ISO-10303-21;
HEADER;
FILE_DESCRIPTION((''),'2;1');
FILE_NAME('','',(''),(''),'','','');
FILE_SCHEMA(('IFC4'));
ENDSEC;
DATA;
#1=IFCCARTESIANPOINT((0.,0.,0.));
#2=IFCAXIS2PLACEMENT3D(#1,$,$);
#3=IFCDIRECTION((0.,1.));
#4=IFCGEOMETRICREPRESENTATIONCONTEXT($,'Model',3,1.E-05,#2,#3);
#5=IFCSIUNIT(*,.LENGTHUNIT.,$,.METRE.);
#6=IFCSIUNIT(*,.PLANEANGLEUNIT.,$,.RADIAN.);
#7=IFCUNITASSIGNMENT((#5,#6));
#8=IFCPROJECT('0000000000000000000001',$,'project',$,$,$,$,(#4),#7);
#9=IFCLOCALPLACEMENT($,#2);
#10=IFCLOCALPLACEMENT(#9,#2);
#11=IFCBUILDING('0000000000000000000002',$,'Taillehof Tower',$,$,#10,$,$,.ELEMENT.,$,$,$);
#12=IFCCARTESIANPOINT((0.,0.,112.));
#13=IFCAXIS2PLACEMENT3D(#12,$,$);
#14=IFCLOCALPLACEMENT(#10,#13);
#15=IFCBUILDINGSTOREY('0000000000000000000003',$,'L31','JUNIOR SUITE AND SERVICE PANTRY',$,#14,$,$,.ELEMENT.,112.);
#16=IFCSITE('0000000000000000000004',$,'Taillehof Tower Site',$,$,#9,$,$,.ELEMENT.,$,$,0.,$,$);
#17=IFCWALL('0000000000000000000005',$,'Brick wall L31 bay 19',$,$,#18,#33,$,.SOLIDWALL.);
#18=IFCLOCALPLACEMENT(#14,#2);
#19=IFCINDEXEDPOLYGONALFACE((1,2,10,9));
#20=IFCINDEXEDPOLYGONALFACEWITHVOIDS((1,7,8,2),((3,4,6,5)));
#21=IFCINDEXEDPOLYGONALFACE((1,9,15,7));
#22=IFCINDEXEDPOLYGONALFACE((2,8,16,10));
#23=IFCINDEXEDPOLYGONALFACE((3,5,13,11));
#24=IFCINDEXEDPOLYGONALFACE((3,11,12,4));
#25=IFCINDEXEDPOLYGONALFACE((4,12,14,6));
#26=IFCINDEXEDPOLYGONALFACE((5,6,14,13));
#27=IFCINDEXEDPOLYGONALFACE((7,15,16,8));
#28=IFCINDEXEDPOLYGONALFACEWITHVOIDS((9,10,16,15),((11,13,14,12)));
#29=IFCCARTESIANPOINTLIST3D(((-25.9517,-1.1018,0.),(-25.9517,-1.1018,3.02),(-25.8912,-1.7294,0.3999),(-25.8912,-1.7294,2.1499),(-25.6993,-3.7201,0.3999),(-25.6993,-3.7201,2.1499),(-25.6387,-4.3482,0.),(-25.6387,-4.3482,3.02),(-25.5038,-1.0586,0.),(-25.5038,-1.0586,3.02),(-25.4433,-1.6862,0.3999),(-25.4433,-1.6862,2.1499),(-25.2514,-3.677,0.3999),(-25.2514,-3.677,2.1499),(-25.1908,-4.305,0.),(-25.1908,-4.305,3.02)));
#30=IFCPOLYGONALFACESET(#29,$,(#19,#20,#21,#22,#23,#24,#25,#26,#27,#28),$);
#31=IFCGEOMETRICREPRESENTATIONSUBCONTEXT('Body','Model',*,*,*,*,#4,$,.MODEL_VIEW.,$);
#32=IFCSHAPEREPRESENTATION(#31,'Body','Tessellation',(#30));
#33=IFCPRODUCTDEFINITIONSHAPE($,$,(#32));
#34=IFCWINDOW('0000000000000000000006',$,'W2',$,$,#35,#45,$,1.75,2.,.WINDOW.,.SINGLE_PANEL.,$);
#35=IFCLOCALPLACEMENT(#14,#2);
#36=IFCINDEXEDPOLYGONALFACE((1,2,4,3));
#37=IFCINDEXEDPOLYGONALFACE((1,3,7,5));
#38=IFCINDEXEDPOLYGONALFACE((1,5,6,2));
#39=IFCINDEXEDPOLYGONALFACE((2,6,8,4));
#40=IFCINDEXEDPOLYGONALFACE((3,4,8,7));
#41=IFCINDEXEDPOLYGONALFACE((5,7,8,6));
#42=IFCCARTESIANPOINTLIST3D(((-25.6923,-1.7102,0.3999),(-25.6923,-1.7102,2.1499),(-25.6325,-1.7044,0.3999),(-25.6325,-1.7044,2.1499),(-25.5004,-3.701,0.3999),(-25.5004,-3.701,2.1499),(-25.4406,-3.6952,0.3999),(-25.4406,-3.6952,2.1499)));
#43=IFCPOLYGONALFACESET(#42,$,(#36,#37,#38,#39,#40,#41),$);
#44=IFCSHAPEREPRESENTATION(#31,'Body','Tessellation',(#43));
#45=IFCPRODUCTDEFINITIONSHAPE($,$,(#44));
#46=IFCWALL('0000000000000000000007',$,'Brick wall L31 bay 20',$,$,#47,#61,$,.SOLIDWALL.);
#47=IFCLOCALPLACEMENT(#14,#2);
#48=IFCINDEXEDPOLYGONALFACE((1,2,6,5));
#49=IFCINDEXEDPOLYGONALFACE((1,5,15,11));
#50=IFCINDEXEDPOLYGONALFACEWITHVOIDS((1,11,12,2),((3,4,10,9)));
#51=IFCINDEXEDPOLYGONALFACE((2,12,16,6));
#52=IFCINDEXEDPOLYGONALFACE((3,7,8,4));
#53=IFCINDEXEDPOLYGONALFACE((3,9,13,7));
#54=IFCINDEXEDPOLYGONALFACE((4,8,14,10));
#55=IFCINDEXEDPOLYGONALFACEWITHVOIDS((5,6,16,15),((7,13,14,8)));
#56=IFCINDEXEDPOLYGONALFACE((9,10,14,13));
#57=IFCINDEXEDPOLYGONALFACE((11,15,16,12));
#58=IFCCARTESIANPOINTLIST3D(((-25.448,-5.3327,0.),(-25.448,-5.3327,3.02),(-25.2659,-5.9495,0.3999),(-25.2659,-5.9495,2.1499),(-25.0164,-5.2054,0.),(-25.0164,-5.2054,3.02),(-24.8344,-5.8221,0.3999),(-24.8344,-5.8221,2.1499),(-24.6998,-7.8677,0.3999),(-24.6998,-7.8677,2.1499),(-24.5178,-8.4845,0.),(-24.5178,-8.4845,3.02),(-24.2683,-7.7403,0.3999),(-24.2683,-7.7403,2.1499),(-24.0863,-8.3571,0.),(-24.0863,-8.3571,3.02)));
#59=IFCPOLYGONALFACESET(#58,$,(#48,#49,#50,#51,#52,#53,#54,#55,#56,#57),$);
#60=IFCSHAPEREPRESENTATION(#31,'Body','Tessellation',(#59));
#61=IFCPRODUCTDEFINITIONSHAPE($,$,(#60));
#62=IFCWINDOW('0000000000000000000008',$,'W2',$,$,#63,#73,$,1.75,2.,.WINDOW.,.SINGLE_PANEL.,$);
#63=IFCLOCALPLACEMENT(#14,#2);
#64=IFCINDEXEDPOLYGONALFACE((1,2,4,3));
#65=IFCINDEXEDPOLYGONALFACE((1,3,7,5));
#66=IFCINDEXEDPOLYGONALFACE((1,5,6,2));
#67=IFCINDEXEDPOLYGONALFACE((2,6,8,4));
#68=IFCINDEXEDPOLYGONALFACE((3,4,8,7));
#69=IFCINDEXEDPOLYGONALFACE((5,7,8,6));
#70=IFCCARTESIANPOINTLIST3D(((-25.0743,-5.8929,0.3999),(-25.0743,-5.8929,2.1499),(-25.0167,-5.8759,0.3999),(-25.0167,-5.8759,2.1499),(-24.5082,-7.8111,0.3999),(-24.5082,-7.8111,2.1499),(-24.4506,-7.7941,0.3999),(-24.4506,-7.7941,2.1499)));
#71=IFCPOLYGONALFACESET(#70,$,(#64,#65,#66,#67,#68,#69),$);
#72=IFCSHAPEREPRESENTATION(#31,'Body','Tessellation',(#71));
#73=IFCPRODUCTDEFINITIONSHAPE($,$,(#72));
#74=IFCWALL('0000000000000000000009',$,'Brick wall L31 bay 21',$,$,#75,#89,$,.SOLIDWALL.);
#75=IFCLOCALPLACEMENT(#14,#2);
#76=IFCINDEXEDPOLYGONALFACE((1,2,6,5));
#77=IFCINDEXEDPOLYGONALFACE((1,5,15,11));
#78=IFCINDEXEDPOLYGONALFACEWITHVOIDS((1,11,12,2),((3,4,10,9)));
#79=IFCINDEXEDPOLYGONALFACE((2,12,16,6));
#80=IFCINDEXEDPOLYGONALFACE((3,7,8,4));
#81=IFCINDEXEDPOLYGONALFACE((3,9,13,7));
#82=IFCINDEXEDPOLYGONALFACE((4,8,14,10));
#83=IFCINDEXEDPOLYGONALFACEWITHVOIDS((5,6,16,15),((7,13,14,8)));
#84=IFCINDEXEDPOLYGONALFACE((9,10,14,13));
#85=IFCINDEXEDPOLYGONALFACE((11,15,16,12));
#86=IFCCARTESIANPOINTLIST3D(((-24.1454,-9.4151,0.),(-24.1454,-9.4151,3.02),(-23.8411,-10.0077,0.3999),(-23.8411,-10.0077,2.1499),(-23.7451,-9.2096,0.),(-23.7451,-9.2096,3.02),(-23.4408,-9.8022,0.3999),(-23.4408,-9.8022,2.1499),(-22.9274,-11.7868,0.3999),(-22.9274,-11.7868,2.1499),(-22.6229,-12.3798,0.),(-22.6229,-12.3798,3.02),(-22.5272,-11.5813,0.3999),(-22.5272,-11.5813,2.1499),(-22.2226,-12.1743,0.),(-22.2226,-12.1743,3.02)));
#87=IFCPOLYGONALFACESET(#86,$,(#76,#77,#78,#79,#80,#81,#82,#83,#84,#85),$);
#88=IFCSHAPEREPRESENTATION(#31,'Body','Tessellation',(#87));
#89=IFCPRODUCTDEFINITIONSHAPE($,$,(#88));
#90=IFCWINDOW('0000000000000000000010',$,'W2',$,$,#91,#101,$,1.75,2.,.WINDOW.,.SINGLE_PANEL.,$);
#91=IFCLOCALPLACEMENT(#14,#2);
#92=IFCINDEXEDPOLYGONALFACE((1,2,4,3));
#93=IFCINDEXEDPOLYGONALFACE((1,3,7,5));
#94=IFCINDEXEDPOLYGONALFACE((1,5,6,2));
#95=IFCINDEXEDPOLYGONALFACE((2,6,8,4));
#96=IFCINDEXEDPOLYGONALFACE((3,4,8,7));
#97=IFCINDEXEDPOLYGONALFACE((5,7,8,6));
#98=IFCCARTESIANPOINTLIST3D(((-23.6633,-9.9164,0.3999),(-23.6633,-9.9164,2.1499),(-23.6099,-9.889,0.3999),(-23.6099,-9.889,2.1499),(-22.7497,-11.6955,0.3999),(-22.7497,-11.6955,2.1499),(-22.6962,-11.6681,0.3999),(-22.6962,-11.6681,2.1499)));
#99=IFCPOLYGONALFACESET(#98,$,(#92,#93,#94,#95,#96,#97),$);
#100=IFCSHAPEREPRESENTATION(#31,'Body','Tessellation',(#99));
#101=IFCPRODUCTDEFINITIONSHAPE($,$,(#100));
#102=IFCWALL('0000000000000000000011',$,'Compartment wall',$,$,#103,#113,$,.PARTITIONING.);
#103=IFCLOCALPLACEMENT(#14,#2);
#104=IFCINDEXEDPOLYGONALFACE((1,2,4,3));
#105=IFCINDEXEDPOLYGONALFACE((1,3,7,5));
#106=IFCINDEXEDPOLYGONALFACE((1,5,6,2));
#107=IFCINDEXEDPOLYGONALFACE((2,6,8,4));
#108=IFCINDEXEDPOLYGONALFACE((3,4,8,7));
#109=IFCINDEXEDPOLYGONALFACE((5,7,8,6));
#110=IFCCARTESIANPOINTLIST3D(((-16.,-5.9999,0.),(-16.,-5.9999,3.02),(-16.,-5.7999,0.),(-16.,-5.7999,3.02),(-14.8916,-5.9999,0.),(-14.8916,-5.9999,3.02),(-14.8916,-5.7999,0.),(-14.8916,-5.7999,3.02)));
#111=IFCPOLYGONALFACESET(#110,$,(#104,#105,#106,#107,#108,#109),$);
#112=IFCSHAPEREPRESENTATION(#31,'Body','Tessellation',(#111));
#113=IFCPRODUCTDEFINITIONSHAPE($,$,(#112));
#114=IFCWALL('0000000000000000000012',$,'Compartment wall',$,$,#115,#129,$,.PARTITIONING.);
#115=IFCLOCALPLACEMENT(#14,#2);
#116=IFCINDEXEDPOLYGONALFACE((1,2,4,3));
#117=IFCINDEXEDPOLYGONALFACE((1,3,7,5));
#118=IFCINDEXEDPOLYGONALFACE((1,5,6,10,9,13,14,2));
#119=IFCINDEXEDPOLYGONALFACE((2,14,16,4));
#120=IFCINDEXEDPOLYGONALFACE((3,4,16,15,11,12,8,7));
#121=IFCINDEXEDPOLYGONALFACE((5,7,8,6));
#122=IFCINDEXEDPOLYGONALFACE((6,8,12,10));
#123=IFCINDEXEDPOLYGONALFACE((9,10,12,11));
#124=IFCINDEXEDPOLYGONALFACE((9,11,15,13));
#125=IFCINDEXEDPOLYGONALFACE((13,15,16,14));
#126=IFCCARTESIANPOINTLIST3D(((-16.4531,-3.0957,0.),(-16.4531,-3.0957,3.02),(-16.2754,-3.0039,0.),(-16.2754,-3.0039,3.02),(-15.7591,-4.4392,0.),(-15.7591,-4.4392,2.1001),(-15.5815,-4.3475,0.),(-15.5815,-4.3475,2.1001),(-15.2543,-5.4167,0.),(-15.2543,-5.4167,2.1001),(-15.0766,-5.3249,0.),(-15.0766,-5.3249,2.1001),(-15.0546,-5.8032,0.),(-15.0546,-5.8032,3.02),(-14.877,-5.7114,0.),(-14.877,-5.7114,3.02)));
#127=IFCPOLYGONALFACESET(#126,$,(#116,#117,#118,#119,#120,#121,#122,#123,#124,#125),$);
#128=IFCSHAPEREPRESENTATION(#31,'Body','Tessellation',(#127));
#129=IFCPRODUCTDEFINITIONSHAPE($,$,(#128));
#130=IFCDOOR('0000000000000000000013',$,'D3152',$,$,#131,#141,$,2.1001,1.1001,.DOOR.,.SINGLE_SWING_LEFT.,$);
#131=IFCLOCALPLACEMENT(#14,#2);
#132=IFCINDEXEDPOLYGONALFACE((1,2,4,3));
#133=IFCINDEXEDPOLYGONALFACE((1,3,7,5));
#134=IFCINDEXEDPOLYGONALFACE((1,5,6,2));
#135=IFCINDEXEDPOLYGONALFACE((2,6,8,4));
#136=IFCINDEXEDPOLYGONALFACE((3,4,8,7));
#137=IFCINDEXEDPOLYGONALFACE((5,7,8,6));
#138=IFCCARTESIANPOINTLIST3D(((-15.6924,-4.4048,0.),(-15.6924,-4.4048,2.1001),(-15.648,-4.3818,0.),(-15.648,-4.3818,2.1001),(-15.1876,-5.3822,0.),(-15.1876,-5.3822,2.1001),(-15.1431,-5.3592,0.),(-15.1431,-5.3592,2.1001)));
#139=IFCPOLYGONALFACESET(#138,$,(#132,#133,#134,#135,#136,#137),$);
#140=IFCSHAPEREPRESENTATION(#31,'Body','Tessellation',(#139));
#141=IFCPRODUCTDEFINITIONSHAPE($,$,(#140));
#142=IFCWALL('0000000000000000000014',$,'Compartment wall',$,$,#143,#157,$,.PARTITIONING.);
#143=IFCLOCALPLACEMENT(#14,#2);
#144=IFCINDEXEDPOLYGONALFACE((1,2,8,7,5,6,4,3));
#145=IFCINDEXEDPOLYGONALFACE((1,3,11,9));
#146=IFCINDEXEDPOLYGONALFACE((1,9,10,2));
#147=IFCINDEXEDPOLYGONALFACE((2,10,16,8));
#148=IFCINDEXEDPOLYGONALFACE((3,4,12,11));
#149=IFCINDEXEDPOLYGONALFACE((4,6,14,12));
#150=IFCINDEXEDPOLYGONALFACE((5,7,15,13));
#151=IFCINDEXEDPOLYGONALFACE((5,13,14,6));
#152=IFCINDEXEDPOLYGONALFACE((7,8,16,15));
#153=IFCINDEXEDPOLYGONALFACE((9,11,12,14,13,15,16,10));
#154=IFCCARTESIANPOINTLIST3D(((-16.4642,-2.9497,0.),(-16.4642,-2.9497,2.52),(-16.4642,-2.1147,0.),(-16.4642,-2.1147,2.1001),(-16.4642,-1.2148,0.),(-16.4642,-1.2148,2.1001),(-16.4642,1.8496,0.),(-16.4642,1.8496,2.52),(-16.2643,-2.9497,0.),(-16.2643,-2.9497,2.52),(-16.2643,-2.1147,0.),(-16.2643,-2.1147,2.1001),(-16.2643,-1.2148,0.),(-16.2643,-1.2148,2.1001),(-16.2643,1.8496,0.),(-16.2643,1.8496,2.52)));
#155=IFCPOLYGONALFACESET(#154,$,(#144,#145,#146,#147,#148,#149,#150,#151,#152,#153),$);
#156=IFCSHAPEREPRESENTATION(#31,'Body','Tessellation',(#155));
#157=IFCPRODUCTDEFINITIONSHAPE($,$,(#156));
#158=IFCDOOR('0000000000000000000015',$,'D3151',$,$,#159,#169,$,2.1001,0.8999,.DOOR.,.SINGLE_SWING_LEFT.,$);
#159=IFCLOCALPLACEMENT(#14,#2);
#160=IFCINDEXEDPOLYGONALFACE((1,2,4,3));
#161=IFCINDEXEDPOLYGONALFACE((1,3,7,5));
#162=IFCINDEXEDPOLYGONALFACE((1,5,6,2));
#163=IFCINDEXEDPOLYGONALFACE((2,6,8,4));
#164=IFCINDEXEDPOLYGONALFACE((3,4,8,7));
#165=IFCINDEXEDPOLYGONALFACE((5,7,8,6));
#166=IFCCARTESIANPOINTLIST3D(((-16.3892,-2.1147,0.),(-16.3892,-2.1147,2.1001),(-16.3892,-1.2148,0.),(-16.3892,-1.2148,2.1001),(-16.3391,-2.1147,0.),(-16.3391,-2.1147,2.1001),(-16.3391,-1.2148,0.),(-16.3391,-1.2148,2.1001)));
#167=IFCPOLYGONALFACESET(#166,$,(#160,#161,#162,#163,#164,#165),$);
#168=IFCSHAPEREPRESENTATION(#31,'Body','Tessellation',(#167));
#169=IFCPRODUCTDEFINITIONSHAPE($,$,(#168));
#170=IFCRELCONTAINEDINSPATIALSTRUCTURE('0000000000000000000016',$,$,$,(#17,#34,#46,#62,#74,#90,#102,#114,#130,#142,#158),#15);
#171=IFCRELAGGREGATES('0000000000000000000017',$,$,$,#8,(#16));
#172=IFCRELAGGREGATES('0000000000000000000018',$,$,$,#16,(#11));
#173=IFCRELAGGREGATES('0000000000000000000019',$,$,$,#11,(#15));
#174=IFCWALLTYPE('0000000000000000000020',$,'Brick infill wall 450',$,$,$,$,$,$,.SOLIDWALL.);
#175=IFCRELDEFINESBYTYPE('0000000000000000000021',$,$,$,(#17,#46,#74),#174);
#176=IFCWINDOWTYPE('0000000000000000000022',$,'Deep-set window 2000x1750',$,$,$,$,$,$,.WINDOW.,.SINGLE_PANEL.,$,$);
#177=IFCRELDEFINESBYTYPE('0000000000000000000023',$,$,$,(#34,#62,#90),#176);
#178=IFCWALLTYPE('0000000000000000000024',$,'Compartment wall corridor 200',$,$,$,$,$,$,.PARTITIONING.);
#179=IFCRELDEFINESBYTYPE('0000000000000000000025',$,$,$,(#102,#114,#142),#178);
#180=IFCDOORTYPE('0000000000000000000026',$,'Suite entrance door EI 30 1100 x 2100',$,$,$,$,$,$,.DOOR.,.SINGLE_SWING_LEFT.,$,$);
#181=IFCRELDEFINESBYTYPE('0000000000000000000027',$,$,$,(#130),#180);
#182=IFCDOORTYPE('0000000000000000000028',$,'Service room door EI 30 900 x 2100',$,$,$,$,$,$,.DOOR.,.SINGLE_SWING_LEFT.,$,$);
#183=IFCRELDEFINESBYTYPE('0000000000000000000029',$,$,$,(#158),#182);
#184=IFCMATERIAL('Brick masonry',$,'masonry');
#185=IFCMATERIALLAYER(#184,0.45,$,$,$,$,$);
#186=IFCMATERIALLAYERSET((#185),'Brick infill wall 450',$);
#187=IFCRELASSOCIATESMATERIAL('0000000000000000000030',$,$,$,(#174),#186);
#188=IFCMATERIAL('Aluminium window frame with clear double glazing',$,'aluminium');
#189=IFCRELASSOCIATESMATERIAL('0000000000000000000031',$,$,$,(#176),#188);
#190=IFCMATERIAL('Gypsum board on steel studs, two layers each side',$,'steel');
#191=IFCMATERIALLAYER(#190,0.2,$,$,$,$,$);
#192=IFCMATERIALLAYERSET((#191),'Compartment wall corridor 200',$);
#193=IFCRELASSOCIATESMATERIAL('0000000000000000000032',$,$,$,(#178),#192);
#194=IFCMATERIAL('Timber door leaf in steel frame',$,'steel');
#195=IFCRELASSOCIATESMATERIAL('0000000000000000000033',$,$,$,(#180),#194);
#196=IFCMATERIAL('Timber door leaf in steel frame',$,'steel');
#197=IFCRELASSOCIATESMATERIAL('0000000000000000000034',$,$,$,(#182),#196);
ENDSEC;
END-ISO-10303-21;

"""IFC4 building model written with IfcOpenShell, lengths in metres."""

from ifc_helpers import new_model, si_unit, direction, frame, frame_2d, origin, place, context, subcontext, project, spatial, rectangle, extrude, material, layer, layer_set, type_object, element, fill, save


model = new_model("IFC4")

# Units and contexts
model_context = context("Model", 3, precision=1e-05, world=origin(), true_north=direction((0.0, 1.0)))
body_context = subcontext(model_context, "Body", "Model", "MODEL_VIEW")
ifc_project = project(units=[si_unit("LENGTHUNIT", "METRE"), si_unit("PLANEANGLEUNIT", "RADIAN")], contexts=[model_context])

# Site, building, storey
site_placement = place(None, origin())
site = spatial("IfcSite", under=ifc_project, at=site_placement, Name="Taillehof Tower Site", CompositionType="ELEMENT", RefElevation=0.0)
building_placement = place(site_placement, origin())
building = spatial("IfcBuilding", under=site, at=building_placement, Name="Taillehof Tower", CompositionType="ELEMENT")
storey_placement = place(building_placement, frame((0.0, 0.0, 112.0)))
storey = spatial("IfcBuildingStorey", under=building, at=storey_placement, Name="L31", Description="JUNIOR SUITE AND SERVICE PANTRY", CompositionType="ELEMENT", Elevation=112.0)

# Walls, openings, windows
ifc_material_1 = material(Name="Brick masonry", Category="masonry")
ifc_layer_1 = layer(ifc_material_1, 0.45)
ifc_layer_set_1 = layer_set([ifc_layer_1], Name="Brick infill wall 450")
wall_type_1 = type_object("IfcWallType", Name="Brick infill wall 450", PredefinedType="SOLIDWALL", material=ifc_layer_set_1)
wall_1_placement = place(storey_placement, frame((-25.7278, -1.0801, 0.0), z_axis=(0.0, 0.0, 1.0), x_axis=(0.095968, -0.995384, 0.0)))
wall_1 = element("IfcWall", 1, at=wall_1_placement, inside=storey, type_object=wall_type_1, Name="Brick wall L31 bay 19", PredefinedType="SOLIDWALL", context=body_context, shape_type="SweptSolid", body=[
    extrude(rectangle(XDim=3.2615, YDim=0.45, at=frame_2d((1.6309, 0.0))), origin(), (0.0, 0.0, 1.0), 3.02),
])
opening_1_placement = place(wall_1_placement, frame((0.6306, 0.0, 0.3999)))
opening_1 = element("IfcOpeningElement", 2, at=opening_1_placement, cuts=wall_1, PredefinedType="OPENING", context=body_context, shape_type="SweptSolid", body=[
    extrude(rectangle(XDim=2.0, YDim=1.75, at=frame_2d((1.0, 0.875))), frame((0.0, 0.2349, 0.0), z_axis=(0.0, -1.0, 0.0), x_axis=(1.0, 0.0, 0.0)), (0.0, 0.0, 1.0), 0.47),
])
ifc_material_2 = material(Name="Aluminium window frame with clear double glazing", Category="aluminium")
window_type = type_object("IfcWindowType", Name="Deep-set window 2000x1750", PartitioningType="SINGLE_PANEL", PredefinedType="WINDOW", material=ifc_material_2)
window_1_placement = place(opening_1_placement, origin())
window_1 = element("IfcWindow", 3, at=window_1_placement, inside=storey, type_object=window_type, Name="W2", OverallHeight=1.75, OverallWidth=2.0, PartitioningType="SINGLE_PANEL", PredefinedType="WINDOW", context=body_context, shape_type="SweptSolid", body=[
    extrude(rectangle(XDim=2.0, YDim=1.75, at=frame_2d((1.0, 0.875))), frame((0.0, 0.0349, 0.0), z_axis=(0.0, -1.0, 0.0), x_axis=(1.0, 0.0, 0.0)), (0.0, 0.0, 1.0), 0.0601),
])
fill(opening_1, window_1)
wall_2_placement = place(storey_placement, frame((-25.2322, -5.269, 0.0), z_axis=(0.0, 0.0, 1.0), x_axis=(0.283051, -0.959105, 0.0)))
wall_2 = element("IfcWall", 4, at=wall_2_placement, inside=storey, type_object=wall_type_1, Name="Brick wall L31 bay 20", PredefinedType="SOLIDWALL", context=body_context, shape_type="SweptSolid", body=[
    extrude(rectangle(XDim=3.2861, YDim=0.45, at=frame_2d((1.6431, 0.0))), origin(), (0.0, 0.0, 1.0), 3.02),
])
opening_2_placement = place(wall_2_placement, frame((0.6431, 0.0, 0.3999)))
opening_2 = element("IfcOpeningElement", 5, at=opening_2_placement, cuts=wall_2, PredefinedType="OPENING", context=body_context, shape_type="SweptSolid", body=[
    extrude(rectangle(XDim=2.0, YDim=1.75, at=frame_2d((1.0, 0.875))), frame((0.0, 0.2349, 0.0), z_axis=(0.0, -1.0, 0.0), x_axis=(1.0, 0.0, 0.0)), (0.0, 0.0, 1.0), 0.47),
])
window_2_placement = place(opening_2_placement, origin())
window_2 = element("IfcWindow", 6, at=window_2_placement, inside=storey, type_object=window_type, Name="W2", OverallHeight=1.75, OverallWidth=2.0, PartitioningType="SINGLE_PANEL", PredefinedType="WINDOW", context=body_context, shape_type="SweptSolid", body=[
    extrude(rectangle(XDim=2.0, YDim=1.75, at=frame_2d((1.0, 0.875))), frame((0.0, 0.0349, 0.0), z_axis=(0.0, -1.0, 0.0), x_axis=(1.0, 0.0, 0.0)), (0.0, 0.0, 1.0), 0.0601),
])
fill(opening_2, window_2)
wall_3_placement = place(storey_placement, frame((-23.9453, -9.3123, 0.0), z_axis=(0.0, 0.0, 1.0), x_axis=(0.456828, -0.889555, 0.0)))
wall_3 = element("IfcWall", 7, at=wall_3_placement, inside=storey, type_object=wall_type_1, Name="Brick wall L31 bay 21", PredefinedType="SOLIDWALL", context=body_context, shape_type="SweptSolid", body=[
    extrude(rectangle(XDim=3.3328, YDim=0.45, at=frame_2d((1.6665, 0.0))), origin(), (0.0, 0.0, 1.0), 3.02),
])
opening_3_placement = place(wall_3_placement, frame((0.6663, 0.0, 0.3999)))
opening_3 = element("IfcOpeningElement", 8, at=opening_3_placement, cuts=wall_3, PredefinedType="OPENING", context=body_context, shape_type="SweptSolid", body=[
    extrude(rectangle(XDim=2.0, YDim=1.75, at=frame_2d((1.0, 0.875))), frame((0.0, 0.2349, 0.0), z_axis=(0.0, -1.0, 0.0), x_axis=(1.0, 0.0, 0.0)), (0.0, 0.0, 1.0), 0.47),
])
window_3_placement = place(opening_3_placement, origin())
window_3 = element("IfcWindow", 9, at=window_3_placement, inside=storey, type_object=window_type, Name="W2", OverallHeight=1.75, OverallWidth=2.0, PartitioningType="SINGLE_PANEL", PredefinedType="WINDOW", context=body_context, shape_type="SweptSolid", body=[
    extrude(rectangle(XDim=2.0, YDim=1.75, at=frame_2d((1.0, 0.875))), frame((0.0, 0.0349, 0.0), z_axis=(0.0, -1.0, 0.0), x_axis=(1.0, 0.0, 0.0)), (0.0, 0.0, 1.0), 0.0601),
])
fill(opening_3, window_3)

# Wall
ifc_material_3 = material(Name="Gypsum board on steel studs, two layers each side", Category="steel")
ifc_layer_2 = layer(ifc_material_3, 0.2)
ifc_layer_set_2 = layer_set([ifc_layer_2], Name="Compartment wall corridor 200")
wall_type_2 = type_object("IfcWallType", Name="Compartment wall corridor 200", PredefinedType="PARTITIONING", material=ifc_layer_set_2)
wall_4_placement = place(storey_placement, frame((-16.0, -5.8999, 0.0), z_axis=(0.0, 0.0, 1.0), x_axis=(1.0, 0.0, 0.0)))
element("IfcWall", 10, at=wall_4_placement, inside=storey, type_object=wall_type_2, Name="Compartment wall", PredefinedType="PARTITIONING", context=body_context, shape_type="SweptSolid", body=[
    extrude(rectangle(XDim=1.1084, YDim=0.2, at=frame_2d((0.5542, 0.0))), origin(), (0.0, 0.0, 1.0), 3.02),
])

# Walls, openings, doors
wall_5_placement = place(storey_placement, frame((-14.9658, -5.7573, 0.0), z_axis=(0.0, 0.0, 1.0), x_axis=(-0.458904, 0.888486, 0.0)))
wall_5 = element("IfcWall", 11, at=wall_5_placement, inside=storey, type_object=wall_type_2, Name="Compartment wall", PredefinedType="PARTITIONING", context=body_context, shape_type="SweptSolid", body=[
    extrude(rectangle(XDim=3.0474, YDim=0.2, at=frame_2d((1.5237, 0.0))), origin(), (0.0, 0.0, 1.0), 3.02),
])
opening_4_placement = place(wall_5_placement, frame((0.4351, 0.0, 0.0)))
opening_4 = element("IfcOpeningElement", 12, at=opening_4_placement, cuts=wall_5, PredefinedType="OPENING", context=body_context, shape_type="SweptSolid", body=[
    extrude(rectangle(XDim=1.1001, YDim=2.1001, at=frame_2d((0.55, 1.05))), frame((0.0, 0.1099, 0.0), z_axis=(0.0, -1.0, 0.0), x_axis=(1.0, 0.0, 0.0)), (0.0, 0.0, 1.0), 0.22),
])
ifc_material_4 = material(Name="Timber door leaf in steel frame", Category="steel")
door_type_1 = type_object("IfcDoorType", Name="Suite entrance door EI 30 1100 x 2100", OperationType="SINGLE_SWING_LEFT", PredefinedType="DOOR", material=ifc_material_4)
door_1_placement = place(opening_4_placement, origin())
door_1 = element("IfcDoor", 13, at=door_1_placement, inside=storey, type_object=door_type_1, Name="D3152", OperationType="SINGLE_SWING_LEFT", OverallHeight=2.1001, OverallWidth=1.1001, PredefinedType="DOOR", context=body_context, shape_type="SweptSolid", body=[
    extrude(rectangle(XDim=1.1001, YDim=2.1001, at=frame_2d((0.55, 1.05))), frame((0.0, 0.0249, 0.0), z_axis=(0.0, -1.0, 0.0), x_axis=(1.0, 0.0, 0.0)), (0.0, 0.0, 1.0), 0.05),
])
fill(opening_4, door_1)
wall_6_placement = place(storey_placement, frame((-16.3643, -2.9497, 0.0), z_axis=(0.0, 0.0, 1.0), x_axis=(0.0, 1.0, 0.0)))
wall_6 = element("IfcWall", 14, at=wall_6_placement, inside=storey, type_object=wall_type_2, Name="Compartment wall", PredefinedType="PARTITIONING", context=body_context, shape_type="SweptSolid", body=[
    extrude(rectangle(XDim=4.7993, YDim=0.2, at=frame_2d((2.3997, 0.0))), origin(), (0.0, 0.0, 1.0), 2.52),
])
opening_5_placement = place(wall_6_placement, frame((0.835, 0.0, 0.0)))
opening_5 = element("IfcOpeningElement", 15, at=opening_5_placement, cuts=wall_6, PredefinedType="OPENING", context=body_context, shape_type="SweptSolid", body=[
    extrude(rectangle(XDim=0.8999, YDim=2.1001, at=frame_2d((0.45, 1.05))), frame((0.0, 0.1099, 0.0), z_axis=(0.0, -1.0, 0.0), x_axis=(1.0, 0.0, 0.0)), (0.0, 0.0, 1.0), 0.22),
])
ifc_material_5 = material(Name="Timber door leaf in steel frame", Category="steel")
door_type_2 = type_object("IfcDoorType", Name="Service room door EI 30 900 x 2100", OperationType="SINGLE_SWING_LEFT", PredefinedType="DOOR", material=ifc_material_5)
door_2_placement = place(opening_5_placement, origin())
door_2 = element("IfcDoor", 16, at=door_2_placement, inside=storey, type_object=door_type_2, Name="D3151", OperationType="SINGLE_SWING_LEFT", OverallHeight=2.1001, OverallWidth=0.8999, PredefinedType="DOOR", context=body_context, shape_type="SweptSolid", body=[
    extrude(rectangle(XDim=0.8999, YDim=2.1001, at=frame_2d((0.45, 1.05))), frame((0.0, 0.0249, 0.0), z_axis=(0.0, -1.0, 0.0), x_axis=(1.0, 0.0, 0.0)), (0.0, 0.0, 1.0), 0.05),
])
fill(opening_5, door_2)

save(model, "model.ifc")
